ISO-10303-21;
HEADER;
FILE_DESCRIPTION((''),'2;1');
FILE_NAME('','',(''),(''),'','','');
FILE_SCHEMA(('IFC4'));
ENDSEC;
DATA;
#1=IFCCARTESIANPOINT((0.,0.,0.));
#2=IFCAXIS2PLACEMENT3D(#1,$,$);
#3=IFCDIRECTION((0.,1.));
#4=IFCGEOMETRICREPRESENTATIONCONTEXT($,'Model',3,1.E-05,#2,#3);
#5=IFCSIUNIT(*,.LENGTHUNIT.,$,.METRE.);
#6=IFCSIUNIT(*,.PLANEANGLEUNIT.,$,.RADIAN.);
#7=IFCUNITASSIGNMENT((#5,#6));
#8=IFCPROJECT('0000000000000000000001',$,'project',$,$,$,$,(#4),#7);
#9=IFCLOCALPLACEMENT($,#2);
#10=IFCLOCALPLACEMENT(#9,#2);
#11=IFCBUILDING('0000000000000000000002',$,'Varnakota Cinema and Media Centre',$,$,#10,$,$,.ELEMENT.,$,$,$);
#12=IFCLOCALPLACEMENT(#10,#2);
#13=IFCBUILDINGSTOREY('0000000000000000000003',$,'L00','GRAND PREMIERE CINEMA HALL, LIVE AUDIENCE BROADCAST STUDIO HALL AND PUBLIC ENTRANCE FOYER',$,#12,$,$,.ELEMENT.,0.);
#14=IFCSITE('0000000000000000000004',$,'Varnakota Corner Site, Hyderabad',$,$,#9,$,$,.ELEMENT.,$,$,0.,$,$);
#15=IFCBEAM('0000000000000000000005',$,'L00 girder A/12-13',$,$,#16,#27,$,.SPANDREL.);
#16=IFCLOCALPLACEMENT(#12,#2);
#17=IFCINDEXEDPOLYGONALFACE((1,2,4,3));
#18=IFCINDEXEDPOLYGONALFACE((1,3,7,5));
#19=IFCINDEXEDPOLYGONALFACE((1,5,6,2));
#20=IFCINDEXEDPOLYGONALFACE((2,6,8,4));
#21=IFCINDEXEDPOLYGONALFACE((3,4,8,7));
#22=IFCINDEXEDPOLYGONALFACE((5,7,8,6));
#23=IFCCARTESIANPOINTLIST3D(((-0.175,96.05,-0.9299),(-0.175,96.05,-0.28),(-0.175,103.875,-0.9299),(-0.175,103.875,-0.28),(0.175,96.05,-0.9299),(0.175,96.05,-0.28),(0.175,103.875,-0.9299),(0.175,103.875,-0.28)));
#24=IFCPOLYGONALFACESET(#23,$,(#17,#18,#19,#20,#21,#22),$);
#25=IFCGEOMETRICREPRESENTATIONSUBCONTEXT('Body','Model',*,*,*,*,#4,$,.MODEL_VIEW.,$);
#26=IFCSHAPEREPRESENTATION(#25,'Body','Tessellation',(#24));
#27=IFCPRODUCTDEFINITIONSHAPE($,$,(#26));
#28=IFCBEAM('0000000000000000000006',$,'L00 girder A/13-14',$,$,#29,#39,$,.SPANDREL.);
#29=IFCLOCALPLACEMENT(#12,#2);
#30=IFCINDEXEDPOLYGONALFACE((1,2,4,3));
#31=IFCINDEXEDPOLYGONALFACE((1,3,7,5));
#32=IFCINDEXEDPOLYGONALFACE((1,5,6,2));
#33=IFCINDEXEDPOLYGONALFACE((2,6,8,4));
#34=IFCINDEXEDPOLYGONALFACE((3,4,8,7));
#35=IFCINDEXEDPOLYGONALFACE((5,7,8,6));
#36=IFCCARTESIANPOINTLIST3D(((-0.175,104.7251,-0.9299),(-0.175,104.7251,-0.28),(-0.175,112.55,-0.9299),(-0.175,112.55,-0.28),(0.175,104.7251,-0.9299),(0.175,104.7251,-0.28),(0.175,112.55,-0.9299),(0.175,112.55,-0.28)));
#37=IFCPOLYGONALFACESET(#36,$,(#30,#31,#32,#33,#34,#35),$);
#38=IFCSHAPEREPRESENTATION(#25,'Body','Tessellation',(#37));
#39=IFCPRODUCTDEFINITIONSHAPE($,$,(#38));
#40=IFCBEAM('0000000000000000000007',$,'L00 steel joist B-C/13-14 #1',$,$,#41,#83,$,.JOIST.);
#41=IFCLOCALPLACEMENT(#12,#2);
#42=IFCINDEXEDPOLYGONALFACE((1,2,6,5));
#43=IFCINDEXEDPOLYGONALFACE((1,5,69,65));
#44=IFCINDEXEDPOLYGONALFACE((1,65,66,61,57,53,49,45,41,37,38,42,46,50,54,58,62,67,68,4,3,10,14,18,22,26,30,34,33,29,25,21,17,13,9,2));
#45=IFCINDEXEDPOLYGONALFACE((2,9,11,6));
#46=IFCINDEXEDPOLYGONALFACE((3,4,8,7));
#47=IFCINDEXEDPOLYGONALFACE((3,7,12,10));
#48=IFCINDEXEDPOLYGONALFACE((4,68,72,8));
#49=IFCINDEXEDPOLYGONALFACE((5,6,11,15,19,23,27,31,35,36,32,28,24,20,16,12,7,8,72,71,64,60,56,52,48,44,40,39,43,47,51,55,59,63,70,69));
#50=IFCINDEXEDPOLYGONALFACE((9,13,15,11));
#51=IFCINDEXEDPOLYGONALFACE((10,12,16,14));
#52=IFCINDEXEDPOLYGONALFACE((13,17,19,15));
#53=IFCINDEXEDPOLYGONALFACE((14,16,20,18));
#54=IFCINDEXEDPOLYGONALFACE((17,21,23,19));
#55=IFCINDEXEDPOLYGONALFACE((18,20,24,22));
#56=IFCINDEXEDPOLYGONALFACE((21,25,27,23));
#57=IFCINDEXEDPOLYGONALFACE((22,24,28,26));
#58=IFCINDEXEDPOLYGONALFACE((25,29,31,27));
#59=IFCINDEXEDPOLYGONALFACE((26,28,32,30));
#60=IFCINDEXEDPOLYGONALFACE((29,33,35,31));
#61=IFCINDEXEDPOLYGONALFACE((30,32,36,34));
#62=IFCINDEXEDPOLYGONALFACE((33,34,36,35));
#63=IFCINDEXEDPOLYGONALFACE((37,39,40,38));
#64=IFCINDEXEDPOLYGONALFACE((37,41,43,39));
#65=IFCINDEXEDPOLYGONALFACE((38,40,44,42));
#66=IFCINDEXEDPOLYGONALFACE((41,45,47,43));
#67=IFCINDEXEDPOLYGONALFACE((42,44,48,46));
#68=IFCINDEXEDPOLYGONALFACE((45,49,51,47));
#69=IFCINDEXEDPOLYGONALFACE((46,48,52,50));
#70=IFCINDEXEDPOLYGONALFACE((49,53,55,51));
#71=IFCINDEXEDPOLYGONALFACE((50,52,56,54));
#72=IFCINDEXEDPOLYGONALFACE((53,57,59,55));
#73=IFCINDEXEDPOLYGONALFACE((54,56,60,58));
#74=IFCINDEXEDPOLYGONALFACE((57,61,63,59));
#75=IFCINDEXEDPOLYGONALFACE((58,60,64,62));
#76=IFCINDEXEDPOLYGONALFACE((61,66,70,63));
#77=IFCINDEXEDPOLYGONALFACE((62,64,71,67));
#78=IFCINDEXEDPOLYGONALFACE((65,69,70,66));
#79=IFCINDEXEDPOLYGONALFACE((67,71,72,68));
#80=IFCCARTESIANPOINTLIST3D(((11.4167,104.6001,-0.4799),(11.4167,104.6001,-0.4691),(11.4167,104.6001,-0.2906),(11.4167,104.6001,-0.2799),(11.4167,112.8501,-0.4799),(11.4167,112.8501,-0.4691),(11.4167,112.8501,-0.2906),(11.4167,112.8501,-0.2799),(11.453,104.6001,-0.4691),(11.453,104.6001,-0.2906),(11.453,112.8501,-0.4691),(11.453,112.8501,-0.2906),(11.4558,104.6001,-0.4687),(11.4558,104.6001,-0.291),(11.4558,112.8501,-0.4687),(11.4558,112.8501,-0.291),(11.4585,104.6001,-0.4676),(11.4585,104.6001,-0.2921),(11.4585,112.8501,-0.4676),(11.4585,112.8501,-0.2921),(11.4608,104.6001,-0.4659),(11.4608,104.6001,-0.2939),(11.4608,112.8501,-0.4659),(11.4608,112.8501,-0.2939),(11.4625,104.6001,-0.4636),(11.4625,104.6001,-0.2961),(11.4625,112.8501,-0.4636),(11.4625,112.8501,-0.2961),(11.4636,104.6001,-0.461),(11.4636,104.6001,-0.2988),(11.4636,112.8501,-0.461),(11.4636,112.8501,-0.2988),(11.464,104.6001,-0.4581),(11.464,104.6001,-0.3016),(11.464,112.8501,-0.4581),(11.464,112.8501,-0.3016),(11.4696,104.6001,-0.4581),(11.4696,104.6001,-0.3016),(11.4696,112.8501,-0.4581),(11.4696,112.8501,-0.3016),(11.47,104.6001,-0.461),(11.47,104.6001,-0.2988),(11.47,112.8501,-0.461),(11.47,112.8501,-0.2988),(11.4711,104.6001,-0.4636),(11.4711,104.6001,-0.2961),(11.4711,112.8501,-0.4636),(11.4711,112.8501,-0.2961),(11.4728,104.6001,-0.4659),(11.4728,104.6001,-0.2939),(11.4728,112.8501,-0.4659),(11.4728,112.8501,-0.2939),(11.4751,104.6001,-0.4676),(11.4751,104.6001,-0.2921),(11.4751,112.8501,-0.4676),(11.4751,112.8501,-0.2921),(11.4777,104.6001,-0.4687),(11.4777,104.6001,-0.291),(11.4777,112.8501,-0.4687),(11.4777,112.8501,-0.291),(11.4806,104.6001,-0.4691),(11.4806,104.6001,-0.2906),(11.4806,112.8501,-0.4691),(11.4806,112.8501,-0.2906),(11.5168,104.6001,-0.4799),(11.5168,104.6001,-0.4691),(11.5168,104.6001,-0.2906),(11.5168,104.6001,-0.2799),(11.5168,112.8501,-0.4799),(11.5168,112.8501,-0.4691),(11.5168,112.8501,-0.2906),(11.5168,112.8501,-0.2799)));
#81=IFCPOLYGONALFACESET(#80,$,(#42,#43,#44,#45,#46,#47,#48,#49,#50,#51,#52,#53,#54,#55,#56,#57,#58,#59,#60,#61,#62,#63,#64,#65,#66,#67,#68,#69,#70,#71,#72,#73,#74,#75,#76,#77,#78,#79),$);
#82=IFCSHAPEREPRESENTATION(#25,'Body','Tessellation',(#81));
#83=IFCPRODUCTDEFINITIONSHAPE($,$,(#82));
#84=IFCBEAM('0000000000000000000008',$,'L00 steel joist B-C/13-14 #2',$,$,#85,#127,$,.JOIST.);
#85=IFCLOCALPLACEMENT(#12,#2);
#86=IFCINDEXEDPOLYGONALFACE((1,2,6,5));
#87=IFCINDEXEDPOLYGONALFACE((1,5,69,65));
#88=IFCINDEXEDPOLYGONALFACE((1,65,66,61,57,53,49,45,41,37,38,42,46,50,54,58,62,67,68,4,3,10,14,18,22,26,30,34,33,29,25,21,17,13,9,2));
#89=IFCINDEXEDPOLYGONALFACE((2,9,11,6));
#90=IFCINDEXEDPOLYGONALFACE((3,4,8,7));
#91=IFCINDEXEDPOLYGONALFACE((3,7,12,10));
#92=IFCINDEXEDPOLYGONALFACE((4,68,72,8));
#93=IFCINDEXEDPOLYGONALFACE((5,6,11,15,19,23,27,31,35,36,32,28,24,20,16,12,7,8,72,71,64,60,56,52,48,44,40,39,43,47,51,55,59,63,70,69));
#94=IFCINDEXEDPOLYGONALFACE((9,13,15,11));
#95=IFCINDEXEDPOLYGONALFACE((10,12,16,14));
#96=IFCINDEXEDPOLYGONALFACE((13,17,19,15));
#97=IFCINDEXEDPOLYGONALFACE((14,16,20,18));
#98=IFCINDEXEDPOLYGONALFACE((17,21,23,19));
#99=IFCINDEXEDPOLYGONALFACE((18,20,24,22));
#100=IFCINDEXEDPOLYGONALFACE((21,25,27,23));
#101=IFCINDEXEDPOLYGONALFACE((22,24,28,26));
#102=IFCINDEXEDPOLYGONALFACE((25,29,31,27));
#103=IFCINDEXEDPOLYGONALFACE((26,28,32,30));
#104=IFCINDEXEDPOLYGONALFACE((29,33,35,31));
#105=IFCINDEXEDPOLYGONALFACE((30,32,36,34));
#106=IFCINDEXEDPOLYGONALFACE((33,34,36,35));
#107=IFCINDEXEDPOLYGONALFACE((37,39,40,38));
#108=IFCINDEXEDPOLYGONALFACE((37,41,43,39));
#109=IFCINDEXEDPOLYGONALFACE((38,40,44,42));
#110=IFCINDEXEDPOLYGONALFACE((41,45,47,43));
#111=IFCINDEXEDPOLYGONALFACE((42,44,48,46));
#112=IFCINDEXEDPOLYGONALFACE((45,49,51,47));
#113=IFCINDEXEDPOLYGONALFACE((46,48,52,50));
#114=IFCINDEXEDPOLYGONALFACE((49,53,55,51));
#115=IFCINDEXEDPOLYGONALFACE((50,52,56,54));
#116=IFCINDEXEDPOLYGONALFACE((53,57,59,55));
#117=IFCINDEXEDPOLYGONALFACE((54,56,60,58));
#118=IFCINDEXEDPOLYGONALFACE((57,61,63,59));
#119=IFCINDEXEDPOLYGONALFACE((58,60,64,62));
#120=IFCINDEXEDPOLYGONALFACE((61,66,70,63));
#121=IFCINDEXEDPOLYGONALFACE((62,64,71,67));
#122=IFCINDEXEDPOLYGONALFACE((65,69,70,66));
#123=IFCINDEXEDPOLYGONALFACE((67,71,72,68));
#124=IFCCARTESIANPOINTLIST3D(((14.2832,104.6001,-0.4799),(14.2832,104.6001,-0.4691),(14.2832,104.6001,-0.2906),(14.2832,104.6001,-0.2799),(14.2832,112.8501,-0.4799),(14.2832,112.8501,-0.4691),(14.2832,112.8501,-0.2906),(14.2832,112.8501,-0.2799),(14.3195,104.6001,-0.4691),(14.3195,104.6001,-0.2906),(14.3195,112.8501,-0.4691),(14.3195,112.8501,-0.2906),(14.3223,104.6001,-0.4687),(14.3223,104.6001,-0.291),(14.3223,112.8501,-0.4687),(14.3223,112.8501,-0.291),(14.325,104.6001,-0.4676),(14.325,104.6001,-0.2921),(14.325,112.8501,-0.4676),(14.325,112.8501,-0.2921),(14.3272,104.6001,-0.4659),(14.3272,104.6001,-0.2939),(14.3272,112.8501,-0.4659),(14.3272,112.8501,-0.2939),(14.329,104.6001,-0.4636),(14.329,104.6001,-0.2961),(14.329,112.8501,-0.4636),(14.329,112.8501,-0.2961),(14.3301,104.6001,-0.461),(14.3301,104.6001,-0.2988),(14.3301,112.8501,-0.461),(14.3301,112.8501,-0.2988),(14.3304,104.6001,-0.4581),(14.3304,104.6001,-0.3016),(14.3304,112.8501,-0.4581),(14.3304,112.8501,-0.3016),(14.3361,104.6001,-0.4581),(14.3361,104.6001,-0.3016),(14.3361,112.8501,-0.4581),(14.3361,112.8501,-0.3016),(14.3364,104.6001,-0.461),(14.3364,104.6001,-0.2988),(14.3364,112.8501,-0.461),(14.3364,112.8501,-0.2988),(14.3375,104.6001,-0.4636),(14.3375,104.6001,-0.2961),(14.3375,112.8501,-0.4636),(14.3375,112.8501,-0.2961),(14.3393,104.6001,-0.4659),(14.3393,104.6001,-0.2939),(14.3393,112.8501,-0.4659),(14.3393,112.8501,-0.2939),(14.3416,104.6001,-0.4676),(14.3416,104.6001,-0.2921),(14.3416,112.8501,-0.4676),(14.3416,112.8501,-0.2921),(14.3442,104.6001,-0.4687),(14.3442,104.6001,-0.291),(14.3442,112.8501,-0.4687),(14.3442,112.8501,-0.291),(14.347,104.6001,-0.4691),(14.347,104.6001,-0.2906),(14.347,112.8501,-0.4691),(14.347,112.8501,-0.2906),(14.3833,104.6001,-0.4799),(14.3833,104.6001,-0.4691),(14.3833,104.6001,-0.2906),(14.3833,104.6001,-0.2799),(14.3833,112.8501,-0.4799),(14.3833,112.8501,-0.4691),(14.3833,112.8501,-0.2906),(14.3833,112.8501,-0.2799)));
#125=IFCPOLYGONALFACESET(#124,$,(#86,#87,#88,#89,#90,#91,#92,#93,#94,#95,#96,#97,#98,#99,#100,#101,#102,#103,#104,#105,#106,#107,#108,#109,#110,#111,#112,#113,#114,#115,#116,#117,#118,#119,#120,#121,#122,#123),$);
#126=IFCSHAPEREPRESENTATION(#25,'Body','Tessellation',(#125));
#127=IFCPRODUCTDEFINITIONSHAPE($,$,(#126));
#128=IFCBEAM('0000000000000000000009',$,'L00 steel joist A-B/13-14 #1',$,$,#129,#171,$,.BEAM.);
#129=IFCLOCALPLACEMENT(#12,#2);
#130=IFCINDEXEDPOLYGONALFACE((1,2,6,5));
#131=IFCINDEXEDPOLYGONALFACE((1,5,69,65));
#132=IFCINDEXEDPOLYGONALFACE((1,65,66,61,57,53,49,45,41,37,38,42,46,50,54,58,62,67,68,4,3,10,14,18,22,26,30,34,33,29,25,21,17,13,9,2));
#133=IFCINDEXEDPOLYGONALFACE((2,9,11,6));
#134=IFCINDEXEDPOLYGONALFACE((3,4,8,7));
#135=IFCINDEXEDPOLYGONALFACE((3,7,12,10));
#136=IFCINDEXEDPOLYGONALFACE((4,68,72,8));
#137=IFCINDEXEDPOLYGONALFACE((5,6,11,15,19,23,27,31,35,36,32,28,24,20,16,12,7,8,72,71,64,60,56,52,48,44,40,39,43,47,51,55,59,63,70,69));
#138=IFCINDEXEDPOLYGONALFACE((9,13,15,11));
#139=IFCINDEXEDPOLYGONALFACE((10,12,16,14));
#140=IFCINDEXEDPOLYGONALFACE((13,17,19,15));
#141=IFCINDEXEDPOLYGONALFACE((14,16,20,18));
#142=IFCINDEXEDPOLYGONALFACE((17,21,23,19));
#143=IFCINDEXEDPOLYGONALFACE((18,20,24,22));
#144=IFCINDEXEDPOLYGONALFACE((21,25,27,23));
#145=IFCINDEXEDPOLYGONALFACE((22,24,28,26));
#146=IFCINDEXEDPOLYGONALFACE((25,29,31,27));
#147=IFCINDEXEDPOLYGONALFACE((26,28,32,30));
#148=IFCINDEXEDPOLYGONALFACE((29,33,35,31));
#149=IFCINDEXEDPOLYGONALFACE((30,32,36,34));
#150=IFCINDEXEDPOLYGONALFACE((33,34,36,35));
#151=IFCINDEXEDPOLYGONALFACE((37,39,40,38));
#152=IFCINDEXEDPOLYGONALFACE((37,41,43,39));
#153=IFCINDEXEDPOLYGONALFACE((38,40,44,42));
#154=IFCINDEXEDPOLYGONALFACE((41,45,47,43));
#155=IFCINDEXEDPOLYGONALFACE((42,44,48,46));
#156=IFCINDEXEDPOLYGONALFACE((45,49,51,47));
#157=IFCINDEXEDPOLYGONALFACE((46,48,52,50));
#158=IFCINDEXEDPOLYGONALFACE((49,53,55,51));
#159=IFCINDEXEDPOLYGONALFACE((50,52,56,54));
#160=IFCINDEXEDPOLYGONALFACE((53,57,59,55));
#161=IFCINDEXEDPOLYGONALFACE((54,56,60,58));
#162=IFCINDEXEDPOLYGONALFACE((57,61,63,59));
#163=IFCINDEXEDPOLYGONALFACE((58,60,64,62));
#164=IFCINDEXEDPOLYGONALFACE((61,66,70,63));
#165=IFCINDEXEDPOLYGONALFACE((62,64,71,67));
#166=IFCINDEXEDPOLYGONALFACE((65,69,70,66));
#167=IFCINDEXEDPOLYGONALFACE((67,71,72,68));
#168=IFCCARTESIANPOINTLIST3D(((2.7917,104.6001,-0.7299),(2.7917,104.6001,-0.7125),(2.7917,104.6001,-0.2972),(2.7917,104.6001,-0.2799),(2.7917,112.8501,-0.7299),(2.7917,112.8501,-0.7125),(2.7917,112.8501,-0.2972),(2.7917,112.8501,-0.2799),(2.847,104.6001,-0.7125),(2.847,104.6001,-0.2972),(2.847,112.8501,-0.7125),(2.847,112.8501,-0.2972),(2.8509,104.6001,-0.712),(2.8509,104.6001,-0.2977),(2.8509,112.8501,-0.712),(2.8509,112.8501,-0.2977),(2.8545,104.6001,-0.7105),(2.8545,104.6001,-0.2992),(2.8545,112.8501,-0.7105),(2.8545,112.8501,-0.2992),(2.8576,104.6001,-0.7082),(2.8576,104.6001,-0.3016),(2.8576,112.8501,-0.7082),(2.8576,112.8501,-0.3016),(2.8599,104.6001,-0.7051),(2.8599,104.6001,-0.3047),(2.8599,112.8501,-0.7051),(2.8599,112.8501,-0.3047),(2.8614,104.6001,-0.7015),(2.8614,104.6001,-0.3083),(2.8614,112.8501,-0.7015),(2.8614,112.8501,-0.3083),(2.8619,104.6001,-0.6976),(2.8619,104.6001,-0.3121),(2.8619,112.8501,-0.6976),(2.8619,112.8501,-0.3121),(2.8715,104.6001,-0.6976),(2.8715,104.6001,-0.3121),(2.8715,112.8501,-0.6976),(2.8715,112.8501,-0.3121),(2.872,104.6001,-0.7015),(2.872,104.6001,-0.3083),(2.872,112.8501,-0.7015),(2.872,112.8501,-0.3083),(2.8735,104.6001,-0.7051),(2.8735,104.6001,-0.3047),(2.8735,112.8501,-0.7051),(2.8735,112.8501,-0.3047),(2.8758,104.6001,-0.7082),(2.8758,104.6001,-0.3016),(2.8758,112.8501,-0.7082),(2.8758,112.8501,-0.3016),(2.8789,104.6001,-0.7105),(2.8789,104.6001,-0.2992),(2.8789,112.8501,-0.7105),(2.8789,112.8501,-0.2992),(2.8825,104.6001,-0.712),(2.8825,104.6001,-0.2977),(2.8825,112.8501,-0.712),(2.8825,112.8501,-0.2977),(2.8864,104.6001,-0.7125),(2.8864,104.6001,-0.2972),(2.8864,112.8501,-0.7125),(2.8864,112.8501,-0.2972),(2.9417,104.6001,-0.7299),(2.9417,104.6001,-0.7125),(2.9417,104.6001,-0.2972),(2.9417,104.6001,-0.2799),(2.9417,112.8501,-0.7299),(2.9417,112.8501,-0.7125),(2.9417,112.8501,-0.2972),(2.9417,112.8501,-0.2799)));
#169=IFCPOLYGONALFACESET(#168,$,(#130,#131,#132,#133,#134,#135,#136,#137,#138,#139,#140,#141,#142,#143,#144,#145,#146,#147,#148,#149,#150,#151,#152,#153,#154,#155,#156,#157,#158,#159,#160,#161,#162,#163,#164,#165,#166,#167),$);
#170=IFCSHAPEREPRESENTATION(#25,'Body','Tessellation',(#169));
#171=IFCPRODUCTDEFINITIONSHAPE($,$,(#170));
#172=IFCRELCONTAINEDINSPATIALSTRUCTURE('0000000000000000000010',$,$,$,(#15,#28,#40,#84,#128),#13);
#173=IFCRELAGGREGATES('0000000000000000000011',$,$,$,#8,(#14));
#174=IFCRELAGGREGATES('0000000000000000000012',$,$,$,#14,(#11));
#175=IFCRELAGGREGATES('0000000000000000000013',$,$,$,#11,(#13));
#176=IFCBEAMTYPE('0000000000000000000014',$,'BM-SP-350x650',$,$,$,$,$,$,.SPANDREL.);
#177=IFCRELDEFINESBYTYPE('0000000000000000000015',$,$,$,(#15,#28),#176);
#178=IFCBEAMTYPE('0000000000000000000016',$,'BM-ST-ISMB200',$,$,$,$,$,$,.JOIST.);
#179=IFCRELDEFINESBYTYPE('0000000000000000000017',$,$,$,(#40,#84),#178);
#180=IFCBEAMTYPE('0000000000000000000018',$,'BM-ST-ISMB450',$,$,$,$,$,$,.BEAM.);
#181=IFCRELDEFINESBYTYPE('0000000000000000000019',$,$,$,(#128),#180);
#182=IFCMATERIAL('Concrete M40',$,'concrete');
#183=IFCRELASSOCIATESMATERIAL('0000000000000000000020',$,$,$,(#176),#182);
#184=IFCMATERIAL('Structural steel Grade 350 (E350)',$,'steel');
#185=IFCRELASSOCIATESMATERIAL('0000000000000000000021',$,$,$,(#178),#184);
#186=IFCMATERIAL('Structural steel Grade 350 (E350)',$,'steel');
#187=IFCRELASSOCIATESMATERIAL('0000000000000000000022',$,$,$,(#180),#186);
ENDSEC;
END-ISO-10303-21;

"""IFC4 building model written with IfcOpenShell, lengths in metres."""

from ifc_helpers import new_model, si_unit, direction, frame, origin, origin_2d, place, context, subcontext, project, spatial, rectangle, i_section, extrude, material, material_profile, profile_set, type_object, element, save


model = new_model("IFC4")

# Units and contexts
model_context = context("Model", 3, precision=1e-05, world=origin(), true_north=direction((0.0, 1.0)))
body_context = subcontext(model_context, "Body", "Model", "MODEL_VIEW")
ifc_project = project(units=[si_unit("LENGTHUNIT", "METRE"), si_unit("PLANEANGLEUNIT", "RADIAN")], contexts=[model_context])

# Site, building, storey
site_placement = place(None, origin())
site = spatial("IfcSite", under=ifc_project, at=site_placement, Name="Varnakota Corner Site, Hyderabad", CompositionType="ELEMENT", RefElevation=0.0)
building_placement = place(site_placement, origin())
building = spatial("IfcBuilding", under=site, at=building_placement, Name="Varnakota Cinema and Media Centre", CompositionType="ELEMENT")
storey_placement = place(building_placement, origin())
storey = spatial("IfcBuildingStorey", under=building, at=storey_placement, Name="L00", Description="GRAND PREMIERE CINEMA HALL, LIVE AUDIENCE BROADCAST STUDIO HALL AND PUBLIC ENTRANCE FOYER", CompositionType="ELEMENT", Elevation=0.0)

# Beams
ifc_material_1 = material(Name="Concrete M40", Category="concrete")
ifc_material_profile_1 = material_profile(ifc_material_1, rectangle(XDim=0.3501, YDim=0.6499, at=origin_2d()), Name="RCB 350x650")
ifc_profile_set_1 = profile_set([ifc_material_profile_1], Name="Concrete M40")
beam_type_1 = type_object("IfcBeamType", Name="BM-SP-350x650", PredefinedType="SPANDREL", material=ifc_profile_set_1)
for number, where, z_axis, x_axis, name in (
    (1, (0.0, 96.05, -0.605), (0.0, 1.0, 0.0), (-1.0, 0.0, 0.0), "L00 girder A/12-13"),
    (2, (0.0, 104.7251, -0.605), (0.0, 1.0, 0.0), (-1.0, 0.0, 0.0), "L00 girder A/13-14"),
):
    element("IfcBeam", number, at=place(storey_placement, frame(where, z_axis=z_axis, x_axis=x_axis)), inside=storey, type_object=beam_type_1, Name=name, PredefinedType="SPANDREL", context=body_context, shape_type="SweptSolid", body=[
        extrude(rectangle(XDim=0.3501, YDim=0.6499, at=origin_2d()), origin(), (0.0, 0.0, 1.0), 7.825),
    ])
ifc_material_2 = material(Name="Structural steel Grade 350 (E350)", Category="steel")
ifc_material_profile_2 = material_profile(ifc_material_2, i_section(OverallWidth=0.1001, OverallDepth=0.2, WebThickness=0.0056, FlangeThickness=0.0107, FilletRadius=0.011, at=origin_2d()), Name="ISMB 200")
ifc_profile_set_2 = profile_set([ifc_material_profile_2], Name="Structural steel Grade 350 (E350)")
beam_type_2 = type_object("IfcBeamType", Name="BM-ST-ISMB200", PredefinedType="JOIST", material=ifc_profile_set_2)
for number, where, z_axis, x_axis, name in (
    (3, (11.4668, 104.6001, -0.3799), (0.0, 1.0, 0.0), (-1.0, 0.0, 0.0), "L00 steel joist B-C/13-14 #1"),
    (4, (14.3333, 104.6001, -0.3799), (0.0, 1.0, 0.0), (-1.0, 0.0, 0.0), "L00 steel joist B-C/13-14 #2"),
):
    element("IfcBeam", number, at=place(storey_placement, frame(where, z_axis=z_axis, x_axis=x_axis)), inside=storey, type_object=beam_type_2, Name=name, PredefinedType="JOIST", context=body_context, shape_type="SweptSolid", body=[
        extrude(i_section(OverallWidth=0.1001, OverallDepth=0.2, WebThickness=0.0056, FlangeThickness=0.0107, FilletRadius=0.011, at=origin_2d()), origin(), (0.0, 0.0, 1.0), 8.25),
    ])
ifc_material_3 = material(Name="Structural steel Grade 350 (E350)", Category="steel")
ifc_material_profile_3 = material_profile(ifc_material_3, i_section(OverallWidth=0.1499, OverallDepth=0.45, WebThickness=0.0095, FlangeThickness=0.0173, FilletRadius=0.0149, at=origin_2d()), Name="ISMB 450")
ifc_profile_set_3 = profile_set([ifc_material_profile_3], Name="Structural steel Grade 350 (E350)")
beam_type_3 = type_object("IfcBeamType", Name="BM-ST-ISMB450", PredefinedType="BEAM", material=ifc_profile_set_3)
for number, where, z_axis, x_axis, name in (
    (5, (2.8667, 104.6001, -0.5049), (0.0, 1.0, 0.0), (-1.0, 0.0, 0.0), "L00 steel joist A-B/13-14 #1"),
):
    element("IfcBeam", number, at=place(storey_placement, frame(where, z_axis=z_axis, x_axis=x_axis)), inside=storey, type_object=beam_type_3, Name=name, PredefinedType="BEAM", context=body_context, shape_type="SweptSolid", body=[
        extrude(i_section(OverallWidth=0.1499, OverallDepth=0.45, WebThickness=0.0095, FlangeThickness=0.0173, FilletRadius=0.0149, at=origin_2d()), origin(), (0.0, 0.0, 1.0), 8.25),
    ])

save(model, "model.ifc")
